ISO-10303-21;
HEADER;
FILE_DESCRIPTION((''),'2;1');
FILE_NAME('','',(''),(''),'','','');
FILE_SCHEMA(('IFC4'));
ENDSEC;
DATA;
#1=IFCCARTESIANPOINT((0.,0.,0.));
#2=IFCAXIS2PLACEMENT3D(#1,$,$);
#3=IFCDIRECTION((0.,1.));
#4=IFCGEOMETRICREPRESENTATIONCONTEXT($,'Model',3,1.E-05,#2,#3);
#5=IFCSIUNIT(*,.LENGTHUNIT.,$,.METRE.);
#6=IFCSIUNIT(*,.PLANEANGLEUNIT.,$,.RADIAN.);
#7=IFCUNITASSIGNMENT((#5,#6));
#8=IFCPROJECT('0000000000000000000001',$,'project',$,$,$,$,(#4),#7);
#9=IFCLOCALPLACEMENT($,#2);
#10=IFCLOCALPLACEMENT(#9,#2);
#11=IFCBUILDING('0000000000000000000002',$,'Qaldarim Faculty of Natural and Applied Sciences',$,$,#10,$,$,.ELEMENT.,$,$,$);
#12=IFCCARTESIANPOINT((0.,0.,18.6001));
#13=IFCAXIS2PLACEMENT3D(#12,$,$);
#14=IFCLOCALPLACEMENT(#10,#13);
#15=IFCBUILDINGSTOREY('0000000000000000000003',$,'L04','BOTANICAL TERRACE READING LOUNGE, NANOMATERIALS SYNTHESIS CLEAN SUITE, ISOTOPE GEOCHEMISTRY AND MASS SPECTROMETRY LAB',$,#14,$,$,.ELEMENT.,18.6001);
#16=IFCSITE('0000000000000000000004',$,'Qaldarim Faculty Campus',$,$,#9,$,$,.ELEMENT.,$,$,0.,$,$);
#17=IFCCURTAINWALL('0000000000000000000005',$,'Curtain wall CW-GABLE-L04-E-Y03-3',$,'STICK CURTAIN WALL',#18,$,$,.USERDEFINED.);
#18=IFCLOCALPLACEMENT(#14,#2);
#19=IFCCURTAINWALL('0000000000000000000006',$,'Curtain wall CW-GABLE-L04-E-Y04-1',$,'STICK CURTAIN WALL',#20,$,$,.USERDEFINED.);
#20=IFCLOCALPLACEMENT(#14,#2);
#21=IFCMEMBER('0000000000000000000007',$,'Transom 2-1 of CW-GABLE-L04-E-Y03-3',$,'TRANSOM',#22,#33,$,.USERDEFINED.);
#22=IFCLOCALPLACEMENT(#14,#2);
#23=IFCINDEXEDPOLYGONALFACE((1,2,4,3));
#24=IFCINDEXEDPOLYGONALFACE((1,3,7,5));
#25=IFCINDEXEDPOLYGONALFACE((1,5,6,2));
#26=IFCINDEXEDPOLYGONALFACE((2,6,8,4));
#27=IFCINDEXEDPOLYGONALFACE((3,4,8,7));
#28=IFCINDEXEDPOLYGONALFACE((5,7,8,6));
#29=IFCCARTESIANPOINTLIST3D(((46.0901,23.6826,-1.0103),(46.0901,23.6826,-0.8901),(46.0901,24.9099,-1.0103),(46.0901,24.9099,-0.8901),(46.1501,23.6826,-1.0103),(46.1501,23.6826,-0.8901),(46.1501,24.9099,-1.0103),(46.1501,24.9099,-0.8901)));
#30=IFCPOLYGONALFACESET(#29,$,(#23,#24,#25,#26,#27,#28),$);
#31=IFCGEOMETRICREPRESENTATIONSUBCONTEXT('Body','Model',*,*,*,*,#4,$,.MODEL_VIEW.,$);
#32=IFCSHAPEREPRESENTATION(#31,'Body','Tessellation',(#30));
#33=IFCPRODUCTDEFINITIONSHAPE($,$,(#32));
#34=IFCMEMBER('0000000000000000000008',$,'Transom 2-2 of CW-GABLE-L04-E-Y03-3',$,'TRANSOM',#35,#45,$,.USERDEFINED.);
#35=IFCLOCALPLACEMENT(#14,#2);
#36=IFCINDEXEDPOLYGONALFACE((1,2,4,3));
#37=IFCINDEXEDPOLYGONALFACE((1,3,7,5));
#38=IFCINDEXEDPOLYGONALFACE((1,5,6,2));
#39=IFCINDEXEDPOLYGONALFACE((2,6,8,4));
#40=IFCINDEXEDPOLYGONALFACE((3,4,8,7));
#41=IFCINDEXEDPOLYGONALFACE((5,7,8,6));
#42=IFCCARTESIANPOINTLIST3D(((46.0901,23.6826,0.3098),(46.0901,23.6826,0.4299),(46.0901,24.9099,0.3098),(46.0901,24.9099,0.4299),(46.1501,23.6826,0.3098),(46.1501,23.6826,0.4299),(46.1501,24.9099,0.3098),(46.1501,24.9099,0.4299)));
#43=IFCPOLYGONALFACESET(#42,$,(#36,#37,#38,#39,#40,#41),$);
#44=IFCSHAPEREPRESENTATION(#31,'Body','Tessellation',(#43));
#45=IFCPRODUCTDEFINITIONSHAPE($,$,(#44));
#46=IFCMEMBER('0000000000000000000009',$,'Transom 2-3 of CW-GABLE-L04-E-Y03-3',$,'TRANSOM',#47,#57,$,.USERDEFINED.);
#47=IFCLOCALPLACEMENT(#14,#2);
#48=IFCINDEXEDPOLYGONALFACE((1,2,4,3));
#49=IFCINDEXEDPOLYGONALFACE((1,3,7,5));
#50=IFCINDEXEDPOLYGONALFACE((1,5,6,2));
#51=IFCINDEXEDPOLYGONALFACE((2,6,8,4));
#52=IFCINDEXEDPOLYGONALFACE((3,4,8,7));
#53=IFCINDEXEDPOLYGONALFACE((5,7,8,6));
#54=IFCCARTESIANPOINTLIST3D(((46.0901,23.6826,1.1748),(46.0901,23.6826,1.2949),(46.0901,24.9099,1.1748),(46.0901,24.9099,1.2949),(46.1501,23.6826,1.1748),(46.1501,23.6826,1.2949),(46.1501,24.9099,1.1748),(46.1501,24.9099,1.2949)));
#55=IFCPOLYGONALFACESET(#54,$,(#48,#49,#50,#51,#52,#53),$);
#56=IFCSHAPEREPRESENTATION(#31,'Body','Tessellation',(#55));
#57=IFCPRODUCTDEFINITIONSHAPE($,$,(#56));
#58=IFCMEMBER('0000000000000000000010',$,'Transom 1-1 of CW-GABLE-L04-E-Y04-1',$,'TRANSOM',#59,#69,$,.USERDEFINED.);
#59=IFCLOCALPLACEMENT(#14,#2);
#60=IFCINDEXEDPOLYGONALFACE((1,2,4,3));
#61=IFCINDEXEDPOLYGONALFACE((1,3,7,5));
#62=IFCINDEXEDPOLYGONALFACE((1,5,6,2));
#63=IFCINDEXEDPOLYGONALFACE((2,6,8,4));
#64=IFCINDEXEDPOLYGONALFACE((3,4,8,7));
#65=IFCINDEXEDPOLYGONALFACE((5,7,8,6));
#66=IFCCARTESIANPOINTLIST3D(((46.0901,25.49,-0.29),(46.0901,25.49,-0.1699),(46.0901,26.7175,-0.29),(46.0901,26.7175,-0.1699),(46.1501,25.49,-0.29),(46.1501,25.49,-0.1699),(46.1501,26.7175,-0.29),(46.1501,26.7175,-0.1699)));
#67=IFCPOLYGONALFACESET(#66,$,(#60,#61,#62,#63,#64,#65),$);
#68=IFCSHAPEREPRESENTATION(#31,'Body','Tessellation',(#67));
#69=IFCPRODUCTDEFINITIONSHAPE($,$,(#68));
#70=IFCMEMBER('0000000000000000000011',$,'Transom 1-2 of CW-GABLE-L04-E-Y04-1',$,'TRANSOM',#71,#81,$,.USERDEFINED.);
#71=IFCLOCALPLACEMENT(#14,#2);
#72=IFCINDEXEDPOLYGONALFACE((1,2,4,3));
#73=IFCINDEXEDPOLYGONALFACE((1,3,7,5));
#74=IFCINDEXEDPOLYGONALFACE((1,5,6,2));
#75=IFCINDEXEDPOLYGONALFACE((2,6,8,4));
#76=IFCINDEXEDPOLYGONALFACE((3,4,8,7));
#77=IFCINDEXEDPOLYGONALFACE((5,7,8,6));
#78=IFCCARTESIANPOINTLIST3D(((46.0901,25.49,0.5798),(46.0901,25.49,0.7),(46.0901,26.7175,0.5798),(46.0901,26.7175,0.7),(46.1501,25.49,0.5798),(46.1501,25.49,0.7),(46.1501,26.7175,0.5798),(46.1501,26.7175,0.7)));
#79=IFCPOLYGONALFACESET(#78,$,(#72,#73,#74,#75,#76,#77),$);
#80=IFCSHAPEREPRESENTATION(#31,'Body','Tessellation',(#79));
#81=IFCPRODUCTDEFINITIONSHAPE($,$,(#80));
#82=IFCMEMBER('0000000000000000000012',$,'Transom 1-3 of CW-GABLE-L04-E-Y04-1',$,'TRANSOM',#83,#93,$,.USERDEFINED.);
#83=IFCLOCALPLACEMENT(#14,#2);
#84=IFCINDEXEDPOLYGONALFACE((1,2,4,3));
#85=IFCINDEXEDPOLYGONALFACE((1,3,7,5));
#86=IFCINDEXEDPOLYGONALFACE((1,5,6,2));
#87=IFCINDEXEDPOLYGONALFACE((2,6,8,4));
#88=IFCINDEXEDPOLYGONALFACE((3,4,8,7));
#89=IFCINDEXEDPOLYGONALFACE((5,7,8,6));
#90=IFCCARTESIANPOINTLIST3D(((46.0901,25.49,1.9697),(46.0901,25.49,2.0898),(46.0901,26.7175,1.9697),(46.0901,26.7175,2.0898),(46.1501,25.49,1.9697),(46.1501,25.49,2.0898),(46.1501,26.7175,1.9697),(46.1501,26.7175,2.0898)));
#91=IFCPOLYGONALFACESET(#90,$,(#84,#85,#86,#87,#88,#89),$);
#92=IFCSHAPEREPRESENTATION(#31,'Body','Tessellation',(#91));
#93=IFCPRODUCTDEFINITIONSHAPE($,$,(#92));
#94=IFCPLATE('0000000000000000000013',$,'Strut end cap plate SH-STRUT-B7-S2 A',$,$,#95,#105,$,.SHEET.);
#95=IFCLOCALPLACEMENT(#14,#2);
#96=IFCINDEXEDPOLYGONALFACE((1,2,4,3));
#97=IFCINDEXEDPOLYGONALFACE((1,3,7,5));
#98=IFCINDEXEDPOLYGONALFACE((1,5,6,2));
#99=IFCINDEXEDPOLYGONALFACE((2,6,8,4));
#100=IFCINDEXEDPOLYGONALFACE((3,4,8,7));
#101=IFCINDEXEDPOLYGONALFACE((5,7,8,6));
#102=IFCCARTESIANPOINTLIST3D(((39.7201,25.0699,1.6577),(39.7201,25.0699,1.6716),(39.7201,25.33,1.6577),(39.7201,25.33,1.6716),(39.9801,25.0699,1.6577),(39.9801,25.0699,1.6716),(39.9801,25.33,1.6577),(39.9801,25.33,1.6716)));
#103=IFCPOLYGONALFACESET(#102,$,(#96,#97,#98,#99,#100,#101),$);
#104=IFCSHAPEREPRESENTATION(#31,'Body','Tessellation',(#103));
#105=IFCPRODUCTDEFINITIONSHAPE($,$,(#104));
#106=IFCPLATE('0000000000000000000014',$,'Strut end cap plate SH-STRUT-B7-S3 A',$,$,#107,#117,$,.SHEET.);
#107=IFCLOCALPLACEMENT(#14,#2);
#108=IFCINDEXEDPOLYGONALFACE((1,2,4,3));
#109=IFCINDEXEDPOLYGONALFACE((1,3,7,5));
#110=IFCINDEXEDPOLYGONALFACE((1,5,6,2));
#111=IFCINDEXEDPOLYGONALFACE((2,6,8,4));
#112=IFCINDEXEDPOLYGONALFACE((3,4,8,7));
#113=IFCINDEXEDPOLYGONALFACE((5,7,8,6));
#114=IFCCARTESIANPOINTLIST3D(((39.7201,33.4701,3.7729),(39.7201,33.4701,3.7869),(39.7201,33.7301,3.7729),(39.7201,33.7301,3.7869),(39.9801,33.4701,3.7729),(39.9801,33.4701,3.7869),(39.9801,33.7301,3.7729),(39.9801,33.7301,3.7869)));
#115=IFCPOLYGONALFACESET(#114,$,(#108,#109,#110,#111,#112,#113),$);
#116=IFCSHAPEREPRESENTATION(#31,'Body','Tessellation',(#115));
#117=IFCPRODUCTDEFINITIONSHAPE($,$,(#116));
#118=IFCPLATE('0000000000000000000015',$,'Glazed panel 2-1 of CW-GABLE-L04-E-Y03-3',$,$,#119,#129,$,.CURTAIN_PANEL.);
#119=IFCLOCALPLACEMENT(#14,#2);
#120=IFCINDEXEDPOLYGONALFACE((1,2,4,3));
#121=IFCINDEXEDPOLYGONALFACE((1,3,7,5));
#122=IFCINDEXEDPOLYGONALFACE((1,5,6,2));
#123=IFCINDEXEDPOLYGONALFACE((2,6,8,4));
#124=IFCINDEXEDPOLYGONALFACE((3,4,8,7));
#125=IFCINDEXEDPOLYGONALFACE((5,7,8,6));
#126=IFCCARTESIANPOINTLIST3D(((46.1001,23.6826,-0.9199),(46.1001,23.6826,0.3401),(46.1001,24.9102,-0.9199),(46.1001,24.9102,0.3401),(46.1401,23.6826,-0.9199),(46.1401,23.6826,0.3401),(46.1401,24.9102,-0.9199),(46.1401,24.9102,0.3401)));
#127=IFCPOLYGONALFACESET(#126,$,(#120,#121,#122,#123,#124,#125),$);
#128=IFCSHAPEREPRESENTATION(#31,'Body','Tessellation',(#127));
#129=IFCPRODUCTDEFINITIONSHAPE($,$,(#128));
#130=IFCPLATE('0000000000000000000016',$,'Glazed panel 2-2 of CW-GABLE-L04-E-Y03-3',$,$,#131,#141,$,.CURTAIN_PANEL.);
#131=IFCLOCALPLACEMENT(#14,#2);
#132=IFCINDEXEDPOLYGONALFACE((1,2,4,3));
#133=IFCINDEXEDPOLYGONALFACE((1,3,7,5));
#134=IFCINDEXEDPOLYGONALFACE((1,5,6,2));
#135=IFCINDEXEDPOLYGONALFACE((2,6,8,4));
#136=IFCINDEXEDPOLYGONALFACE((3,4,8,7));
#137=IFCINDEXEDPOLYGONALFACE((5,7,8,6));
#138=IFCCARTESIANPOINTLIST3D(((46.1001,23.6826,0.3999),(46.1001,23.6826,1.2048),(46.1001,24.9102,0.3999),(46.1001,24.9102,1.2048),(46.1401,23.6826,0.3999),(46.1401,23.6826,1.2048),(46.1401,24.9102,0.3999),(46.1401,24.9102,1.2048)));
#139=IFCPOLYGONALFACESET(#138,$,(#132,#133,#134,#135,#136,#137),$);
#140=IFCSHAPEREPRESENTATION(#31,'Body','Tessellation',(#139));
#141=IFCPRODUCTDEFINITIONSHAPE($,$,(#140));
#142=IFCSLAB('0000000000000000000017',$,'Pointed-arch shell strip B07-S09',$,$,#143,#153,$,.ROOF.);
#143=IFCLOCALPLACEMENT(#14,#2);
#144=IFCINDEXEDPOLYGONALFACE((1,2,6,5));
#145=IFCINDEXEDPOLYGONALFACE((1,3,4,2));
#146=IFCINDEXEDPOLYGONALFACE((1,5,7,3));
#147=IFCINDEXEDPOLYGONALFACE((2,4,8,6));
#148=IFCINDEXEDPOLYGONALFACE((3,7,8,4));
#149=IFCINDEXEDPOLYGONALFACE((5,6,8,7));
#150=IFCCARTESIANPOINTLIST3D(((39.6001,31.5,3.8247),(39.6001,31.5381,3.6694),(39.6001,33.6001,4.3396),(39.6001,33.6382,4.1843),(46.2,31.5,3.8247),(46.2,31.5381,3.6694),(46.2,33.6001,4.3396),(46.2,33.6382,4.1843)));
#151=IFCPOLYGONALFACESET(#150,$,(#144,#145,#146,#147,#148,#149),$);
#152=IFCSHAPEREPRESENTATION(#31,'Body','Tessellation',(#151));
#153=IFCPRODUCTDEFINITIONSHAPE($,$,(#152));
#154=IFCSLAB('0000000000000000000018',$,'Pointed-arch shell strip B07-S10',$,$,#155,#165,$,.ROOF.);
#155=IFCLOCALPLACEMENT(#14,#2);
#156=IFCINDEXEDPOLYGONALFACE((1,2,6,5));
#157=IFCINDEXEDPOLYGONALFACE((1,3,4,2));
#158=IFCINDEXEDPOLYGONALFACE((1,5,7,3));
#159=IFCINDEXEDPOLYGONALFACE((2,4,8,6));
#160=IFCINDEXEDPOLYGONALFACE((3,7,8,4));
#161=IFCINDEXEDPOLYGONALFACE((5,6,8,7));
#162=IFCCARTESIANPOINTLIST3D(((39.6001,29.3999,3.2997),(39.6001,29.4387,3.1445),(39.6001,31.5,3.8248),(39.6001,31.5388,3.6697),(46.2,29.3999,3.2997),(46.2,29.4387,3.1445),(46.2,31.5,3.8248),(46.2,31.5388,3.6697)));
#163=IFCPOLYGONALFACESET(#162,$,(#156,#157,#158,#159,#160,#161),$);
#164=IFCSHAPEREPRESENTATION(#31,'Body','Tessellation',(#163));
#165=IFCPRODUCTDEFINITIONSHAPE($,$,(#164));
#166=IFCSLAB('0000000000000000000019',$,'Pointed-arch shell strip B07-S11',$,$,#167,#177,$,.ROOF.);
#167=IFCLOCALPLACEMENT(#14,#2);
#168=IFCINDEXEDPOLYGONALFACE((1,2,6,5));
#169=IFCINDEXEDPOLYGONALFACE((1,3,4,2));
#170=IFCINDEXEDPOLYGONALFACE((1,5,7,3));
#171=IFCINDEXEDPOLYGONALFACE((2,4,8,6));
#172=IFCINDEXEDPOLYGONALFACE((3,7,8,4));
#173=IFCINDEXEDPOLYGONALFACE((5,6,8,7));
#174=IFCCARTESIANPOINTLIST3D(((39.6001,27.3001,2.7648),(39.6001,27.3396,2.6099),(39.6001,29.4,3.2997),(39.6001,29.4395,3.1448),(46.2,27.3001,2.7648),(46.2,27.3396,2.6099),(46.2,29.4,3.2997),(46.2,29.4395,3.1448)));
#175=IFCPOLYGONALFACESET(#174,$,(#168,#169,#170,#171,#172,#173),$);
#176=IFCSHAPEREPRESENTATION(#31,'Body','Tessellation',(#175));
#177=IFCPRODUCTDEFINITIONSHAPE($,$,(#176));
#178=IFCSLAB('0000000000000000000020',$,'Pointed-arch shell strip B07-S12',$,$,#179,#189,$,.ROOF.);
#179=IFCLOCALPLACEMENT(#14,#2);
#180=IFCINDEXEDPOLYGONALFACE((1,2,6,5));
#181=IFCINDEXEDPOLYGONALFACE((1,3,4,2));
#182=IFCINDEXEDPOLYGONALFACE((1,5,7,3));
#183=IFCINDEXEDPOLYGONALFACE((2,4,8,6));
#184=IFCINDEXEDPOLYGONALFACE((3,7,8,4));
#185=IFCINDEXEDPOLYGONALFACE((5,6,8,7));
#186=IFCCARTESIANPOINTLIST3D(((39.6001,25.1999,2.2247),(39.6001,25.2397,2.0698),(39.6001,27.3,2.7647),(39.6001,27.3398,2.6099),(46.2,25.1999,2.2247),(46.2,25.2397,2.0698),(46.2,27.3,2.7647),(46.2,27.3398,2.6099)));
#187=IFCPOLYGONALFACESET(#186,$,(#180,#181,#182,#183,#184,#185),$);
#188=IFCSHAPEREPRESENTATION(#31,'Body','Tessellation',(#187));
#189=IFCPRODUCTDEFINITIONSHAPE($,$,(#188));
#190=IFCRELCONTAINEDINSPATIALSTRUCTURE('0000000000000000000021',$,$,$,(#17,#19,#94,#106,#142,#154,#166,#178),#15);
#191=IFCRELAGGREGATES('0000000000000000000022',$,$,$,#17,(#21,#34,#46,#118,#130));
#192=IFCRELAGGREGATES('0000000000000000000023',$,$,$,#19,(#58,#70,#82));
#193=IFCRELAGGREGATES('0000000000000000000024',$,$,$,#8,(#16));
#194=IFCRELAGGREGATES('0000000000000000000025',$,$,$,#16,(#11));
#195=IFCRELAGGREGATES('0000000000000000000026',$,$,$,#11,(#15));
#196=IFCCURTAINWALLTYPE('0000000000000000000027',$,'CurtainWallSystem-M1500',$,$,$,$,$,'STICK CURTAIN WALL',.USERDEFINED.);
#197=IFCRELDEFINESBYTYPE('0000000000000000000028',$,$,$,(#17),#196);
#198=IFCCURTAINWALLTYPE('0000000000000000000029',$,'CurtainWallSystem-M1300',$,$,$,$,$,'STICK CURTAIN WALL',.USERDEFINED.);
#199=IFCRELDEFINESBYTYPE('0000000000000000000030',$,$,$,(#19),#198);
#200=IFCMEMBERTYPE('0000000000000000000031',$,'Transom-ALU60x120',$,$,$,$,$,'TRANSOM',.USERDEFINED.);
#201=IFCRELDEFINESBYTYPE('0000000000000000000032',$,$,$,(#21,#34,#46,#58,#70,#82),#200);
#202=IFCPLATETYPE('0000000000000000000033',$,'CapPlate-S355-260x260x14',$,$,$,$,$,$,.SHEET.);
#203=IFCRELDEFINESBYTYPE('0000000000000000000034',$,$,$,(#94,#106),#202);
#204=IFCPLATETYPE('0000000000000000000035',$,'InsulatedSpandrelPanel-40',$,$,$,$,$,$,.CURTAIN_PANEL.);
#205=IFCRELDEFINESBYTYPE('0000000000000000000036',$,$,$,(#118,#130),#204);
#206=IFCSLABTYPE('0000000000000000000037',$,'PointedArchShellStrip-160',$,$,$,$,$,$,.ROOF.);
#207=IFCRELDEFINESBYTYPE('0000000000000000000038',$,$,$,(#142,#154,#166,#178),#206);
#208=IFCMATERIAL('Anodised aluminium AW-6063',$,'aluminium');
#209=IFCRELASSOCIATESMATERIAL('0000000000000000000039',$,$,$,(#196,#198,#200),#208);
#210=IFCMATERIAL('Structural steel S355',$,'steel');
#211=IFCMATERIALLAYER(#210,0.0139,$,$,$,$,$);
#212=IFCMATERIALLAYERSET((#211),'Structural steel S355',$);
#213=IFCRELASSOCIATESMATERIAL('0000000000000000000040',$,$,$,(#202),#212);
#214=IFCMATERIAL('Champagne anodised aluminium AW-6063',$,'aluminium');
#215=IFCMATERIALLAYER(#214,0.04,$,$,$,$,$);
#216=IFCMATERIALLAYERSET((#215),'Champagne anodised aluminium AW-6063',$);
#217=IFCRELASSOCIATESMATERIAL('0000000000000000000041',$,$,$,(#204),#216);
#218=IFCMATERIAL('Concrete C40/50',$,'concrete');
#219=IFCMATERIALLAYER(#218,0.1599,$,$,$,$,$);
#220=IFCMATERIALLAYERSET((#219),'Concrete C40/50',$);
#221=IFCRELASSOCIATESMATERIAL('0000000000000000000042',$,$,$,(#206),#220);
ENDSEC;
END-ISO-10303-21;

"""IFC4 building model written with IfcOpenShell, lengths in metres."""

from ifc_helpers import new_model, si_unit, direction, frame, origin, origin_2d, place, context, subcontext, project, spatial, polyline, rectangle, outline, extrude, material, layer, layer_set, material_profile, profile_set, type_object, element, aggregate, save


model = new_model("IFC4")

# Units and contexts
model_context = context("Model", 3, precision=1e-05, world=origin(), true_north=direction((0.0, 1.0)))
body_context = subcontext(model_context, "Body", "Model", "MODEL_VIEW")
ifc_project = project(units=[si_unit("LENGTHUNIT", "METRE"), si_unit("PLANEANGLEUNIT", "RADIAN")], contexts=[model_context])

# Site, building, storey
site_placement = place(None, origin())
site = spatial("IfcSite", under=ifc_project, at=site_placement, Name="Qaldarim Faculty Campus", CompositionType="ELEMENT", RefElevation=0.0)
building_placement = place(site_placement, origin())
building = spatial("IfcBuilding", under=site, at=building_placement, Name="Qaldarim Faculty of Natural and Applied Sciences", CompositionType="ELEMENT")
storey_placement = place(building_placement, frame((0.0, 0.0, 18.6001)))
storey = spatial("IfcBuildingStorey", under=building, at=storey_placement, Name="L04", Description="BOTANICAL TERRACE READING LOUNGE, NANOMATERIALS SYNTHESIS CLEAN SUITE, ISOTOPE GEOCHEMISTRY AND MASS SPECTROMETRY LAB", CompositionType="ELEMENT", Elevation=18.6001)

# Curtain wall
ifc_material_1 = material(Name="Anodised aluminium AW-6063", Category="aluminium")
curtain_wall_type_1 = type_object("IfcCurtainWallType", Name="CurtainWallSystem-M1500", ElementType="STICK CURTAIN WALL", PredefinedType="USERDEFINED", material=ifc_material_1)
curtain_wall_1_placement = place(storey_placement, origin())
curtain_wall_1 = element("IfcCurtainWall", 1, at=curtain_wall_1_placement, inside=storey, type_object=curtain_wall_type_1, Name="Curtain wall CW-GABLE-L04-E-Y03-3", ObjectType="STICK CURTAIN WALL", PredefinedType="USERDEFINED")

# Curtain wall
curtain_wall_type_2 = type_object("IfcCurtainWallType", Name="CurtainWallSystem-M1300", ElementType="STICK CURTAIN WALL", PredefinedType="USERDEFINED", material=ifc_material_1)
curtain_wall_2_placement = place(storey_placement, origin())
curtain_wall_2 = element("IfcCurtainWall", 2, at=curtain_wall_2_placement, inside=storey, type_object=curtain_wall_type_2, Name="Curtain wall CW-GABLE-L04-E-Y04-1", ObjectType="STICK CURTAIN WALL", PredefinedType="USERDEFINED")

# Shared definitions
ifc_material_2 = material(Name="Structural steel S355", Category="steel")

# Members
ifc_material_profile_1 = material_profile(ifc_material_1, rectangle(XDim=0.0601, YDim=0.1201, at=origin_2d()), Name="ALU-T60x120")
ifc_profile_set_1 = profile_set([ifc_material_profile_1], Name="Anodised aluminium AW-6063")
member_type_1 = type_object("IfcMemberType", Name="Transom-ALU60x120", ElementType="TRANSOM", PredefinedType="USERDEFINED", material=ifc_profile_set_1)
member_1_placement = place(storey_placement, frame((46.1201, 23.6826, -0.9502), z_axis=(0.0, 1.0, 0.0), x_axis=(-1.0, 0.0, 0.0)))
member_1 = element("IfcMember", 3, at=member_1_placement, type_object=member_type_1, Name="Transom 2-1 of CW-GABLE-L04-E-Y03-3", ObjectType="TRANSOM", PredefinedType="USERDEFINED", context=body_context, shape_type="SweptSolid", body=[
    extrude(rectangle(XDim=0.0601, YDim=0.1201, at=origin_2d()), origin(), (0.0, 0.0, 1.0), 1.2273),
])
member_2_placement = place(storey_placement, frame((46.1201, 23.6826, 0.3699), z_axis=(0.0, 1.0, 0.0), x_axis=(-1.0, 0.0, 0.0)))
member_2 = element("IfcMember", 4, at=member_2_placement, type_object=member_type_1, Name="Transom 2-2 of CW-GABLE-L04-E-Y03-3", ObjectType="TRANSOM", PredefinedType="USERDEFINED", context=body_context, shape_type="SweptSolid", body=[
    extrude(rectangle(XDim=0.0601, YDim=0.1201, at=origin_2d()), origin(), (0.0, 0.0, 1.0), 1.2273),
])
member_3_placement = place(storey_placement, frame((46.1201, 23.6826, 1.2349), z_axis=(0.0, 1.0, 0.0), x_axis=(-1.0, 0.0, 0.0)))
member_3 = element("IfcMember", 5, at=member_3_placement, type_object=member_type_1, Name="Transom 2-3 of CW-GABLE-L04-E-Y03-3", ObjectType="TRANSOM", PredefinedType="USERDEFINED", context=body_context, shape_type="SweptSolid", body=[
    extrude(rectangle(XDim=0.0601, YDim=0.1201, at=origin_2d()), origin(), (0.0, 0.0, 1.0), 1.2273),
])
member_4_placement = place(storey_placement, frame((46.1201, 25.49, -0.23), z_axis=(0.0, 1.0, 0.0), x_axis=(-1.0, 0.0, 0.0)))
member_4 = element("IfcMember", 6, at=member_4_placement, type_object=member_type_1, Name="Transom 1-1 of CW-GABLE-L04-E-Y04-1", ObjectType="TRANSOM", PredefinedType="USERDEFINED", context=body_context, shape_type="SweptSolid", body=[
    extrude(rectangle(XDim=0.0601, YDim=0.1201, at=origin_2d()), origin(), (0.0, 0.0, 1.0), 1.2275),
])
member_5_placement = place(storey_placement, frame((46.1201, 25.49, 0.6399), z_axis=(0.0, 1.0, 0.0), x_axis=(-1.0, 0.0, 0.0)))
member_5 = element("IfcMember", 7, at=member_5_placement, type_object=member_type_1, Name="Transom 1-2 of CW-GABLE-L04-E-Y04-1", ObjectType="TRANSOM", PredefinedType="USERDEFINED", context=body_context, shape_type="SweptSolid", body=[
    extrude(rectangle(XDim=0.0601, YDim=0.1201, at=origin_2d()), origin(), (0.0, 0.0, 1.0), 1.2275),
])
member_6_placement = place(storey_placement, frame((46.1201, 25.49, 2.0298), z_axis=(0.0, 1.0, 0.0), x_axis=(-1.0, 0.0, 0.0)))
member_6 = element("IfcMember", 8, at=member_6_placement, type_object=member_type_1, Name="Transom 1-3 of CW-GABLE-L04-E-Y04-1", ObjectType="TRANSOM", PredefinedType="USERDEFINED", context=body_context, shape_type="SweptSolid", body=[
    extrude(rectangle(XDim=0.0601, YDim=0.1201, at=origin_2d()), origin(), (0.0, 0.0, 1.0), 1.2275),
])

# Plates
ifc_layer_1 = layer(ifc_material_2, 0.0139)
ifc_layer_set_1 = layer_set([ifc_layer_1], Name="Structural steel S355")
plate_type_1 = type_object("IfcPlateType", Name="CapPlate-S355-260x260x14", PredefinedType="SHEET", material=ifc_layer_set_1)
for number, where, z_axis, x_axis, name in (
    (9, (39.8501, 25.2, 1.6577), (0.0, 0.0, 1.0), (1.0, 0.0, 0.0), "Strut end cap plate SH-STRUT-B7-S2 A"),
    (10, (39.8501, 33.6001, 3.7729), (0.0, 0.0, 1.0), (1.0, 0.0, 0.0), "Strut end cap plate SH-STRUT-B7-S3 A"),
):
    element("IfcPlate", number, at=place(storey_placement, frame(where, z_axis=z_axis, x_axis=x_axis)), inside=storey, type_object=plate_type_1, Name=name, PredefinedType="SHEET", context=body_context, shape_type="SweptSolid", body=[
        extrude(rectangle(XDim=0.26, YDim=0.26, at=origin_2d()), origin(), (0.0, 0.0, 1.0), 0.0139),
    ])

# Plates
ifc_material_3 = material(Name="Champagne anodised aluminium AW-6063", Category="aluminium")
ifc_layer_2 = layer(ifc_material_3, 0.04)
ifc_layer_set_2 = layer_set([ifc_layer_2], Name="Champagne anodised aluminium AW-6063")
plate_type_2 = type_object("IfcPlateType", Name="InsulatedSpandrelPanel-40", PredefinedType="CURTAIN_PANEL", material=ifc_layer_set_2)
plate_1_placement = place(storey_placement, frame((46.1201, 24.2964, -0.9199), z_axis=(0.0, 0.0, 1.0), x_axis=(0.0, 1.0, 0.0)))
plate_1 = element("IfcPlate", 11, at=plate_1_placement, type_object=plate_type_2, Name="Glazed panel 2-1 of CW-GABLE-L04-E-Y03-3", PredefinedType="CURTAIN_PANEL", context=body_context, shape_type="SweptSolid", body=[
    extrude(rectangle(XDim=1.2275, YDim=0.04, at=origin_2d()), origin(), (0.0, 0.0, 1.0), 1.26),
])
plate_2_placement = place(storey_placement, frame((46.1201, 24.2964, 0.3999), z_axis=(0.0, 0.0, 1.0), x_axis=(0.0, 1.0, 0.0)))
plate_2 = element("IfcPlate", 12, at=plate_2_placement, type_object=plate_type_2, Name="Glazed panel 2-2 of CW-GABLE-L04-E-Y03-3", PredefinedType="CURTAIN_PANEL", context=body_context, shape_type="SweptSolid", body=[
    extrude(rectangle(XDim=1.2275, YDim=0.04, at=origin_2d()), origin(), (0.0, 0.0, 1.0), 0.8049),
])
aggregate(curtain_wall_1, [member_1, member_2, member_3, plate_1, plate_2])

# Slabs
ifc_material_4 = material(Name="Concrete C40/50", Category="concrete")
ifc_layer_3 = layer(ifc_material_4, 0.1599)
ifc_layer_set_3 = layer_set([ifc_layer_3], Name="Concrete C40/50")
slab_type = type_object("IfcSlabType", Name="PointedArchShellStrip-160", PredefinedType="ROOF", material=ifc_layer_set_3)
slab_1_placement = place(storey_placement, frame((39.6001, 31.5381, 3.6694), z_axis=(0.0, -0.238123, 0.971235), x_axis=(1.0, 0.0, 0.0)))
element("IfcSlab", 13, at=slab_1_placement, inside=storey, type_object=slab_type, Name="Pointed-arch shell strip B07-S09", PredefinedType="ROOF", context=body_context, shape_type="SweptSolid", body=[
    extrude(outline(polyline([(0.0, 0.0), (6.5999, 0.0), (6.5999, 2.1623), (0.0, 2.1623), (0.0, 0.0)])), origin(), (0.0, 0.0, 1.0), 0.1599),
])
slab_2_placement = place(storey_placement, frame((39.6001, 29.4387, 3.1445), z_axis=(0.0, -0.242589, 0.970129), x_axis=(1.0, 0.0, 0.0)))
element("IfcSlab", 14, at=slab_2_placement, inside=storey, type_object=slab_type, Name="Pointed-arch shell strip B07-S10", PredefinedType="ROOF", context=body_context, shape_type="SweptSolid", body=[
    extrude(outline(polyline([(0.0, 0.0), (6.5999, 0.0), (6.5999, 2.1648), (0.0, 2.1648), (0.0, 0.0)])), origin(), (0.0, 0.0, 1.0), 0.1599),
])
slab_3_placement = place(storey_placement, frame((39.6001, 27.3396, 2.6099), z_axis=(0.0, -0.246854, 0.969053), x_axis=(1.0, 0.0, 0.0)))
element("IfcSlab", 15, at=slab_3_placement, inside=storey, type_object=slab_type, Name="Pointed-arch shell strip B07-S11", PredefinedType="ROOF", context=body_context, shape_type="SweptSolid", body=[
    extrude(outline(polyline([(0.0, 0.0), (6.5999, 0.0), (6.5999, 2.1669), (0.0, 2.1669), (0.0, 0.0)])), origin(), (0.0, 0.0, 1.0), 0.1599),
])
slab_4_placement = place(storey_placement, frame((39.6001, 25.2397, 2.0698), z_axis=(0.0, -0.249047, 0.968491), x_axis=(1.0, 0.0, 0.0)))
element("IfcSlab", 16, at=slab_4_placement, inside=storey, type_object=slab_type, Name="Pointed-arch shell strip B07-S12", PredefinedType="ROOF", context=body_context, shape_type="SweptSolid", body=[
    extrude(outline(polyline([(0.0, 0.0), (6.5999, 0.0), (6.5999, 2.1684), (0.0, 2.1684), (0.0, 0.0)])), origin(), (0.0, 0.0, 1.0), 0.1599),
])

aggregate(curtain_wall_2, [member_4, member_5, member_6])

save(model, "model.ifc")
